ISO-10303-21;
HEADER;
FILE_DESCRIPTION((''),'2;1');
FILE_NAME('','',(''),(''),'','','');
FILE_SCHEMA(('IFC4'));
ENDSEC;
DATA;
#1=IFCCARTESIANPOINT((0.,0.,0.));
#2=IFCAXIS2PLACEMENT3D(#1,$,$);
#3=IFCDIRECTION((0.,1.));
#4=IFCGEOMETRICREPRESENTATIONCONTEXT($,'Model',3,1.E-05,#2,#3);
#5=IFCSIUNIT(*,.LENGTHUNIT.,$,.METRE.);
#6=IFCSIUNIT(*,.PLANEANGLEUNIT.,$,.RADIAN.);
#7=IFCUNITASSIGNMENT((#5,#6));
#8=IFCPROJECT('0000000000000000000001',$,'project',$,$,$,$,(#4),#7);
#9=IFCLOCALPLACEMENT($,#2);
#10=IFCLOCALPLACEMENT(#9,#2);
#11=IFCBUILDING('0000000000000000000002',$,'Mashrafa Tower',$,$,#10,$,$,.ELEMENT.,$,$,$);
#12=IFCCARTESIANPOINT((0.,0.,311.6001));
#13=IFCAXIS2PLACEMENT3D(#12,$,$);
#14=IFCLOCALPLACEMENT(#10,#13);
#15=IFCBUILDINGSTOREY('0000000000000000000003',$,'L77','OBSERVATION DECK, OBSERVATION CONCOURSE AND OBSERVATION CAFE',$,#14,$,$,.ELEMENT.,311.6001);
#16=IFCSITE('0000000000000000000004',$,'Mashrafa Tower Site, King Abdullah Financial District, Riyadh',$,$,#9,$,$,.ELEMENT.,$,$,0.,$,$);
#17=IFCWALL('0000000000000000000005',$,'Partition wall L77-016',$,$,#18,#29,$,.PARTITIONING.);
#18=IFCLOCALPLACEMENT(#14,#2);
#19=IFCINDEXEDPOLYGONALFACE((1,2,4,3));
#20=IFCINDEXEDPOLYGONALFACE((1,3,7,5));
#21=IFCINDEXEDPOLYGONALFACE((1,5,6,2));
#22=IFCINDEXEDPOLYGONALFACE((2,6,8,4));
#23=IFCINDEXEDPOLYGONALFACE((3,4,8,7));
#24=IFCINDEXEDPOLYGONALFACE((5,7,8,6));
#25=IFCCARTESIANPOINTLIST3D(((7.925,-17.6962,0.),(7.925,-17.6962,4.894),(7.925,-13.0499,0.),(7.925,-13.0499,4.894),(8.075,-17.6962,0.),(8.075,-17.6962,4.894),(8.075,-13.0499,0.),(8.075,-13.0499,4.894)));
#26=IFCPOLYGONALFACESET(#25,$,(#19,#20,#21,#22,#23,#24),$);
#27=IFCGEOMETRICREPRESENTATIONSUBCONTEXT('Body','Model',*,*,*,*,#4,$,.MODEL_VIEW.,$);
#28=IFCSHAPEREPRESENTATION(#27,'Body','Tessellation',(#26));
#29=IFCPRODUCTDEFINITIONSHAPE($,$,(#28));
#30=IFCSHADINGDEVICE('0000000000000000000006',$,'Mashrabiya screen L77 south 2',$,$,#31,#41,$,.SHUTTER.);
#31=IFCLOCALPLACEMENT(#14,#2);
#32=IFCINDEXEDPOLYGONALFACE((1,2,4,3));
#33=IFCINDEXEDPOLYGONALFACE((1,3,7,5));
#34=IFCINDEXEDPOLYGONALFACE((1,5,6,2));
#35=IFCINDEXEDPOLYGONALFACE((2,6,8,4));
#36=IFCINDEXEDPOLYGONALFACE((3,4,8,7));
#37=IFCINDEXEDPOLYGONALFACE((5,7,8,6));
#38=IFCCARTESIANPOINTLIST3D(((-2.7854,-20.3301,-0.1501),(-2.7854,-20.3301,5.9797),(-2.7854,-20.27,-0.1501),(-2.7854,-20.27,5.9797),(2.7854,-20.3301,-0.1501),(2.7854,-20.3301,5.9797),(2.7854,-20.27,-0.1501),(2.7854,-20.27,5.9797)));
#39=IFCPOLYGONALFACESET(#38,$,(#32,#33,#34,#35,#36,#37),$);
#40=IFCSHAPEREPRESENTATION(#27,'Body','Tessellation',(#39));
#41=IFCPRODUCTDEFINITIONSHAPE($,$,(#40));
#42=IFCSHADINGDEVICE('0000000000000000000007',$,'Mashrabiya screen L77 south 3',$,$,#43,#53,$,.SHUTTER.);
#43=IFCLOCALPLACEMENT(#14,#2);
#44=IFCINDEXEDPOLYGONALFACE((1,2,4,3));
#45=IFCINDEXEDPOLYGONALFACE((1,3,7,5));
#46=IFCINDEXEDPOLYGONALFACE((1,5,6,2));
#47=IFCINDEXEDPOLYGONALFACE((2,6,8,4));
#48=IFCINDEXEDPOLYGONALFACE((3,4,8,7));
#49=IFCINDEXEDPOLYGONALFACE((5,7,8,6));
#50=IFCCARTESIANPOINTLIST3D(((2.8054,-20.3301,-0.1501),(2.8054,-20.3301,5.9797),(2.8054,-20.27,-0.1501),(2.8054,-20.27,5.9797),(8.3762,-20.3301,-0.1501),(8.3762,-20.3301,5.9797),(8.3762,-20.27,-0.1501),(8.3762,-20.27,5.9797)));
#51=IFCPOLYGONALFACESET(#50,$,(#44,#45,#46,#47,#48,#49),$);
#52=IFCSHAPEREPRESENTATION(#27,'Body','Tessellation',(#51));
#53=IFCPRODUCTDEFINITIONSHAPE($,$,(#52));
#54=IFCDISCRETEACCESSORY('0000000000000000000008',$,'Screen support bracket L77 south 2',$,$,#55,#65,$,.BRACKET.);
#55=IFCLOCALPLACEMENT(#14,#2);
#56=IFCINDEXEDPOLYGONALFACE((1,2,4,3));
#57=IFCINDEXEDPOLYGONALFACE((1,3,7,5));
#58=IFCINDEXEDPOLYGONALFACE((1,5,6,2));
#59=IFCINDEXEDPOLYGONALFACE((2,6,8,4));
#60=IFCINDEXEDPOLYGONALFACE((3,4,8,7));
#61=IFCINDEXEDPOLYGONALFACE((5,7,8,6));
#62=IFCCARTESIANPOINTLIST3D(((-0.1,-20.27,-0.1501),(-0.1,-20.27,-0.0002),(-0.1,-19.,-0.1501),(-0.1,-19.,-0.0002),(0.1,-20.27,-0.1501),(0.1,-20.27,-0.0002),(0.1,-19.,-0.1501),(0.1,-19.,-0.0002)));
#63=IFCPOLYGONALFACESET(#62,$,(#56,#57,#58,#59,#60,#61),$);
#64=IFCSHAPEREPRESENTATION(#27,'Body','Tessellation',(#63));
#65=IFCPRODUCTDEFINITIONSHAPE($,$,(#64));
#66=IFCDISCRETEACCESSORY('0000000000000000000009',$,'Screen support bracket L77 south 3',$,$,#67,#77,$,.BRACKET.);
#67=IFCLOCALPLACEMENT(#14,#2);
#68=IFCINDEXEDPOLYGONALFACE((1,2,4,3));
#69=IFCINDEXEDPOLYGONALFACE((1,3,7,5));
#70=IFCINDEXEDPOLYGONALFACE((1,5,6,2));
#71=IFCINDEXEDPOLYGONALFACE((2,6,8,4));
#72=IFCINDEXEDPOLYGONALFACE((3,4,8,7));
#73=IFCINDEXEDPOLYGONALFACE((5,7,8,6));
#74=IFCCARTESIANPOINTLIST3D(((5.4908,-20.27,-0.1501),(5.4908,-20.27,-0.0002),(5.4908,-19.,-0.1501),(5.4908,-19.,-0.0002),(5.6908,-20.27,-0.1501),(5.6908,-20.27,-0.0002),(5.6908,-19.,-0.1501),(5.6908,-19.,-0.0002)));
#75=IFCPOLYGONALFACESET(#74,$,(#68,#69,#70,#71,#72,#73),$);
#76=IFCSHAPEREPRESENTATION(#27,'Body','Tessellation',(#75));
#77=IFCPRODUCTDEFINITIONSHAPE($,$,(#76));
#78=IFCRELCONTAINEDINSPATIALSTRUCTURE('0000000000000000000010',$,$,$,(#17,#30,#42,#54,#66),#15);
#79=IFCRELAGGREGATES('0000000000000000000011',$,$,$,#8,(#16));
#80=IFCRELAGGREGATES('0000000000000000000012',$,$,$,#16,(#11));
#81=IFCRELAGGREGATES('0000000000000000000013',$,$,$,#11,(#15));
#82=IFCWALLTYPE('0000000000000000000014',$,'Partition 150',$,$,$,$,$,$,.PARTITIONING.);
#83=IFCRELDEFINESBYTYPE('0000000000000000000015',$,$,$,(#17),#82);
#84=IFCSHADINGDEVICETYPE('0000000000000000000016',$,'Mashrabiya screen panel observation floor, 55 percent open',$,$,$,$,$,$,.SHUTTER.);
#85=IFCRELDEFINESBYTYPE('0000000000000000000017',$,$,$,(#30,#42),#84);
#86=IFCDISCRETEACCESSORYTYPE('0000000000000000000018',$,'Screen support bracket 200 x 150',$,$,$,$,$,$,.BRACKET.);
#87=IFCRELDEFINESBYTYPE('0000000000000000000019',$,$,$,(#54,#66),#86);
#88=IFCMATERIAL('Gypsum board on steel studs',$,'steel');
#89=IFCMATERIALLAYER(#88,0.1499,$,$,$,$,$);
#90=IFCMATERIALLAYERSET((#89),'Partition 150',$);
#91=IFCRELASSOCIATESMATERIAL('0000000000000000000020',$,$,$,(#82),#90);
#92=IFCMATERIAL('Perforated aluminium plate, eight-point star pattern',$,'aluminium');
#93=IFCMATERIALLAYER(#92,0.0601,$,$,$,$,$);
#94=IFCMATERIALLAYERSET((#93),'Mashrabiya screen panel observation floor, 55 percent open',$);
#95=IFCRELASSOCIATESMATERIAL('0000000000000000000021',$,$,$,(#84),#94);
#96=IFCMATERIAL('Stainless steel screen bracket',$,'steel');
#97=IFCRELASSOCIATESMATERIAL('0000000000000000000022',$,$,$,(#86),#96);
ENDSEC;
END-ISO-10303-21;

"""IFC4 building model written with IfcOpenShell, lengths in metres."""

from ifc_helpers import new_model, si_unit, direction, frame, frame_2d, origin, origin_2d, place, context, subcontext, project, spatial, rectangle, extrude, source, transform, mapped, material, layer, layer_set, type_object, type_shapes, element, save


model = new_model("IFC4")

# Units and contexts
model_context = context("Model", 3, precision=1e-05, world=origin(), true_north=direction((0.0, 1.0)))
body_context = subcontext(model_context, "Body", "Model", "MODEL_VIEW")
ifc_project = project(units=[si_unit("LENGTHUNIT", "METRE"), si_unit("PLANEANGLEUNIT", "RADIAN")], contexts=[model_context])

# Site, building, storey
site_placement = place(None, origin())
site = spatial("IfcSite", under=ifc_project, at=site_placement, Name="Mashrafa Tower Site, King Abdullah Financial District, Riyadh", CompositionType="ELEMENT", RefElevation=0.0)
building_placement = place(site_placement, origin())
building = spatial("IfcBuilding", under=site, at=building_placement, Name="Mashrafa Tower", CompositionType="ELEMENT")
storey_placement = place(building_placement, frame((0.0, 0.0, 311.6001)))
storey = spatial("IfcBuildingStorey", under=building, at=storey_placement, Name="L77", Description="OBSERVATION DECK, OBSERVATION CONCOURSE AND OBSERVATION CAFE", CompositionType="ELEMENT", Elevation=311.6001)

# Wall
ifc_material_1 = material(Name="Gypsum board on steel studs", Category="steel")
ifc_layer_1 = layer(ifc_material_1, 0.1499)
ifc_layer_set_1 = layer_set([ifc_layer_1], Name="Partition 150")
wall_type_1 = type_object("IfcWallType", Name="Partition 150", PredefinedType="PARTITIONING", material=ifc_layer_set_1)
wall_1_placement = place(storey_placement, frame((8.0, -17.6963, 0.0), z_axis=(0.0, 0.0, 1.0), x_axis=(0.0, 1.0, 0.0)))
element("IfcWall", 1, at=wall_1_placement, inside=storey, type_object=wall_type_1, Name="Partition wall L77-016", PredefinedType="PARTITIONING", context=body_context, shape_type="SweptSolid", body=[
    extrude(rectangle(XDim=4.6462, YDim=0.1499, at=frame_2d((2.3232, 0.0))), origin(), (0.0, 0.0, 1.0), 4.894),
])

# Shading devices
ifc_material_2 = material(Name="Perforated aluminium plate, eight-point star pattern", Category="aluminium")
ifc_layer_2 = layer(ifc_material_2, 0.0601)
ifc_layer_set_2 = layer_set([ifc_layer_2], Name="Mashrabiya screen panel observation floor, 55 percent open")
shading_device_type = type_object("IfcShadingDeviceType", Name="Mashrabiya screen panel observation floor, 55 percent open", PredefinedType="SHUTTER", material=ifc_layer_set_2)
shared_shape_1 = source(origin(), body_context, "Body", "SweptSolid", [
    extrude(rectangle(XDim=5.5708, YDim=0.0601, at=origin_2d()), origin(), (0.0, 0.0, 1.0), 6.1299),
])
type_shapes(shading_device_type, [shared_shape_1])
for number, where, z_axis, x_axis, name in (
    (2, (0.0, -20.3, -0.1501), (0.0, 0.0, 1.0), (1.0, 0.0, 0.0), "Mashrabiya screen L77 south 2"),
    (3, (5.5908, -20.3, -0.1501), (0.0, 0.0, 1.0), (1.0, 0.0, 0.0), "Mashrabiya screen L77 south 3"),
):
    element("IfcShadingDevice", number, at=place(storey_placement, frame(where, z_axis=z_axis, x_axis=x_axis)), inside=storey, type_object=shading_device_type, Name=name, PredefinedType="SHUTTER", context=body_context, shape_type="MappedRepresentation", body=[
        mapped(shared_shape_1, transform((0.0, 0.0, 0.0))),
    ])

# Discrete accessories
ifc_material_3 = material(Name="Stainless steel screen bracket", Category="steel")
discrete_accessory_type = type_object("IfcDiscreteAccessoryType", Name="Screen support bracket 200 x 150", PredefinedType="BRACKET", material=ifc_material_3)
shared_shape_2 = source(origin(), body_context, "Body", "SweptSolid", [
    extrude(rectangle(XDim=0.2, YDim=1.27, at=origin_2d()), origin(), (0.0, 0.0, 1.0), 0.1499),
])
type_shapes(discrete_accessory_type, [shared_shape_2])
for number, where, z_axis, x_axis, name in (
    (4, (0.0, -19.635, -0.1501), (0.0, 0.0, 1.0), (1.0, 0.0, 0.0), "Screen support bracket L77 south 2"),
    (5, (5.5908, -19.635, -0.1501), (0.0, 0.0, 1.0), (1.0, 0.0, 0.0), "Screen support bracket L77 south 3"),
):
    element("IfcDiscreteAccessory", number, at=place(storey_placement, frame(where, z_axis=z_axis, x_axis=x_axis)), inside=storey, type_object=discrete_accessory_type, Name=name, PredefinedType="BRACKET", context=body_context, shape_type="MappedRepresentation", body=[
        mapped(shared_shape_2, transform((0.0, 0.0, 0.0))),
    ])

save(model, "model.ifc")
